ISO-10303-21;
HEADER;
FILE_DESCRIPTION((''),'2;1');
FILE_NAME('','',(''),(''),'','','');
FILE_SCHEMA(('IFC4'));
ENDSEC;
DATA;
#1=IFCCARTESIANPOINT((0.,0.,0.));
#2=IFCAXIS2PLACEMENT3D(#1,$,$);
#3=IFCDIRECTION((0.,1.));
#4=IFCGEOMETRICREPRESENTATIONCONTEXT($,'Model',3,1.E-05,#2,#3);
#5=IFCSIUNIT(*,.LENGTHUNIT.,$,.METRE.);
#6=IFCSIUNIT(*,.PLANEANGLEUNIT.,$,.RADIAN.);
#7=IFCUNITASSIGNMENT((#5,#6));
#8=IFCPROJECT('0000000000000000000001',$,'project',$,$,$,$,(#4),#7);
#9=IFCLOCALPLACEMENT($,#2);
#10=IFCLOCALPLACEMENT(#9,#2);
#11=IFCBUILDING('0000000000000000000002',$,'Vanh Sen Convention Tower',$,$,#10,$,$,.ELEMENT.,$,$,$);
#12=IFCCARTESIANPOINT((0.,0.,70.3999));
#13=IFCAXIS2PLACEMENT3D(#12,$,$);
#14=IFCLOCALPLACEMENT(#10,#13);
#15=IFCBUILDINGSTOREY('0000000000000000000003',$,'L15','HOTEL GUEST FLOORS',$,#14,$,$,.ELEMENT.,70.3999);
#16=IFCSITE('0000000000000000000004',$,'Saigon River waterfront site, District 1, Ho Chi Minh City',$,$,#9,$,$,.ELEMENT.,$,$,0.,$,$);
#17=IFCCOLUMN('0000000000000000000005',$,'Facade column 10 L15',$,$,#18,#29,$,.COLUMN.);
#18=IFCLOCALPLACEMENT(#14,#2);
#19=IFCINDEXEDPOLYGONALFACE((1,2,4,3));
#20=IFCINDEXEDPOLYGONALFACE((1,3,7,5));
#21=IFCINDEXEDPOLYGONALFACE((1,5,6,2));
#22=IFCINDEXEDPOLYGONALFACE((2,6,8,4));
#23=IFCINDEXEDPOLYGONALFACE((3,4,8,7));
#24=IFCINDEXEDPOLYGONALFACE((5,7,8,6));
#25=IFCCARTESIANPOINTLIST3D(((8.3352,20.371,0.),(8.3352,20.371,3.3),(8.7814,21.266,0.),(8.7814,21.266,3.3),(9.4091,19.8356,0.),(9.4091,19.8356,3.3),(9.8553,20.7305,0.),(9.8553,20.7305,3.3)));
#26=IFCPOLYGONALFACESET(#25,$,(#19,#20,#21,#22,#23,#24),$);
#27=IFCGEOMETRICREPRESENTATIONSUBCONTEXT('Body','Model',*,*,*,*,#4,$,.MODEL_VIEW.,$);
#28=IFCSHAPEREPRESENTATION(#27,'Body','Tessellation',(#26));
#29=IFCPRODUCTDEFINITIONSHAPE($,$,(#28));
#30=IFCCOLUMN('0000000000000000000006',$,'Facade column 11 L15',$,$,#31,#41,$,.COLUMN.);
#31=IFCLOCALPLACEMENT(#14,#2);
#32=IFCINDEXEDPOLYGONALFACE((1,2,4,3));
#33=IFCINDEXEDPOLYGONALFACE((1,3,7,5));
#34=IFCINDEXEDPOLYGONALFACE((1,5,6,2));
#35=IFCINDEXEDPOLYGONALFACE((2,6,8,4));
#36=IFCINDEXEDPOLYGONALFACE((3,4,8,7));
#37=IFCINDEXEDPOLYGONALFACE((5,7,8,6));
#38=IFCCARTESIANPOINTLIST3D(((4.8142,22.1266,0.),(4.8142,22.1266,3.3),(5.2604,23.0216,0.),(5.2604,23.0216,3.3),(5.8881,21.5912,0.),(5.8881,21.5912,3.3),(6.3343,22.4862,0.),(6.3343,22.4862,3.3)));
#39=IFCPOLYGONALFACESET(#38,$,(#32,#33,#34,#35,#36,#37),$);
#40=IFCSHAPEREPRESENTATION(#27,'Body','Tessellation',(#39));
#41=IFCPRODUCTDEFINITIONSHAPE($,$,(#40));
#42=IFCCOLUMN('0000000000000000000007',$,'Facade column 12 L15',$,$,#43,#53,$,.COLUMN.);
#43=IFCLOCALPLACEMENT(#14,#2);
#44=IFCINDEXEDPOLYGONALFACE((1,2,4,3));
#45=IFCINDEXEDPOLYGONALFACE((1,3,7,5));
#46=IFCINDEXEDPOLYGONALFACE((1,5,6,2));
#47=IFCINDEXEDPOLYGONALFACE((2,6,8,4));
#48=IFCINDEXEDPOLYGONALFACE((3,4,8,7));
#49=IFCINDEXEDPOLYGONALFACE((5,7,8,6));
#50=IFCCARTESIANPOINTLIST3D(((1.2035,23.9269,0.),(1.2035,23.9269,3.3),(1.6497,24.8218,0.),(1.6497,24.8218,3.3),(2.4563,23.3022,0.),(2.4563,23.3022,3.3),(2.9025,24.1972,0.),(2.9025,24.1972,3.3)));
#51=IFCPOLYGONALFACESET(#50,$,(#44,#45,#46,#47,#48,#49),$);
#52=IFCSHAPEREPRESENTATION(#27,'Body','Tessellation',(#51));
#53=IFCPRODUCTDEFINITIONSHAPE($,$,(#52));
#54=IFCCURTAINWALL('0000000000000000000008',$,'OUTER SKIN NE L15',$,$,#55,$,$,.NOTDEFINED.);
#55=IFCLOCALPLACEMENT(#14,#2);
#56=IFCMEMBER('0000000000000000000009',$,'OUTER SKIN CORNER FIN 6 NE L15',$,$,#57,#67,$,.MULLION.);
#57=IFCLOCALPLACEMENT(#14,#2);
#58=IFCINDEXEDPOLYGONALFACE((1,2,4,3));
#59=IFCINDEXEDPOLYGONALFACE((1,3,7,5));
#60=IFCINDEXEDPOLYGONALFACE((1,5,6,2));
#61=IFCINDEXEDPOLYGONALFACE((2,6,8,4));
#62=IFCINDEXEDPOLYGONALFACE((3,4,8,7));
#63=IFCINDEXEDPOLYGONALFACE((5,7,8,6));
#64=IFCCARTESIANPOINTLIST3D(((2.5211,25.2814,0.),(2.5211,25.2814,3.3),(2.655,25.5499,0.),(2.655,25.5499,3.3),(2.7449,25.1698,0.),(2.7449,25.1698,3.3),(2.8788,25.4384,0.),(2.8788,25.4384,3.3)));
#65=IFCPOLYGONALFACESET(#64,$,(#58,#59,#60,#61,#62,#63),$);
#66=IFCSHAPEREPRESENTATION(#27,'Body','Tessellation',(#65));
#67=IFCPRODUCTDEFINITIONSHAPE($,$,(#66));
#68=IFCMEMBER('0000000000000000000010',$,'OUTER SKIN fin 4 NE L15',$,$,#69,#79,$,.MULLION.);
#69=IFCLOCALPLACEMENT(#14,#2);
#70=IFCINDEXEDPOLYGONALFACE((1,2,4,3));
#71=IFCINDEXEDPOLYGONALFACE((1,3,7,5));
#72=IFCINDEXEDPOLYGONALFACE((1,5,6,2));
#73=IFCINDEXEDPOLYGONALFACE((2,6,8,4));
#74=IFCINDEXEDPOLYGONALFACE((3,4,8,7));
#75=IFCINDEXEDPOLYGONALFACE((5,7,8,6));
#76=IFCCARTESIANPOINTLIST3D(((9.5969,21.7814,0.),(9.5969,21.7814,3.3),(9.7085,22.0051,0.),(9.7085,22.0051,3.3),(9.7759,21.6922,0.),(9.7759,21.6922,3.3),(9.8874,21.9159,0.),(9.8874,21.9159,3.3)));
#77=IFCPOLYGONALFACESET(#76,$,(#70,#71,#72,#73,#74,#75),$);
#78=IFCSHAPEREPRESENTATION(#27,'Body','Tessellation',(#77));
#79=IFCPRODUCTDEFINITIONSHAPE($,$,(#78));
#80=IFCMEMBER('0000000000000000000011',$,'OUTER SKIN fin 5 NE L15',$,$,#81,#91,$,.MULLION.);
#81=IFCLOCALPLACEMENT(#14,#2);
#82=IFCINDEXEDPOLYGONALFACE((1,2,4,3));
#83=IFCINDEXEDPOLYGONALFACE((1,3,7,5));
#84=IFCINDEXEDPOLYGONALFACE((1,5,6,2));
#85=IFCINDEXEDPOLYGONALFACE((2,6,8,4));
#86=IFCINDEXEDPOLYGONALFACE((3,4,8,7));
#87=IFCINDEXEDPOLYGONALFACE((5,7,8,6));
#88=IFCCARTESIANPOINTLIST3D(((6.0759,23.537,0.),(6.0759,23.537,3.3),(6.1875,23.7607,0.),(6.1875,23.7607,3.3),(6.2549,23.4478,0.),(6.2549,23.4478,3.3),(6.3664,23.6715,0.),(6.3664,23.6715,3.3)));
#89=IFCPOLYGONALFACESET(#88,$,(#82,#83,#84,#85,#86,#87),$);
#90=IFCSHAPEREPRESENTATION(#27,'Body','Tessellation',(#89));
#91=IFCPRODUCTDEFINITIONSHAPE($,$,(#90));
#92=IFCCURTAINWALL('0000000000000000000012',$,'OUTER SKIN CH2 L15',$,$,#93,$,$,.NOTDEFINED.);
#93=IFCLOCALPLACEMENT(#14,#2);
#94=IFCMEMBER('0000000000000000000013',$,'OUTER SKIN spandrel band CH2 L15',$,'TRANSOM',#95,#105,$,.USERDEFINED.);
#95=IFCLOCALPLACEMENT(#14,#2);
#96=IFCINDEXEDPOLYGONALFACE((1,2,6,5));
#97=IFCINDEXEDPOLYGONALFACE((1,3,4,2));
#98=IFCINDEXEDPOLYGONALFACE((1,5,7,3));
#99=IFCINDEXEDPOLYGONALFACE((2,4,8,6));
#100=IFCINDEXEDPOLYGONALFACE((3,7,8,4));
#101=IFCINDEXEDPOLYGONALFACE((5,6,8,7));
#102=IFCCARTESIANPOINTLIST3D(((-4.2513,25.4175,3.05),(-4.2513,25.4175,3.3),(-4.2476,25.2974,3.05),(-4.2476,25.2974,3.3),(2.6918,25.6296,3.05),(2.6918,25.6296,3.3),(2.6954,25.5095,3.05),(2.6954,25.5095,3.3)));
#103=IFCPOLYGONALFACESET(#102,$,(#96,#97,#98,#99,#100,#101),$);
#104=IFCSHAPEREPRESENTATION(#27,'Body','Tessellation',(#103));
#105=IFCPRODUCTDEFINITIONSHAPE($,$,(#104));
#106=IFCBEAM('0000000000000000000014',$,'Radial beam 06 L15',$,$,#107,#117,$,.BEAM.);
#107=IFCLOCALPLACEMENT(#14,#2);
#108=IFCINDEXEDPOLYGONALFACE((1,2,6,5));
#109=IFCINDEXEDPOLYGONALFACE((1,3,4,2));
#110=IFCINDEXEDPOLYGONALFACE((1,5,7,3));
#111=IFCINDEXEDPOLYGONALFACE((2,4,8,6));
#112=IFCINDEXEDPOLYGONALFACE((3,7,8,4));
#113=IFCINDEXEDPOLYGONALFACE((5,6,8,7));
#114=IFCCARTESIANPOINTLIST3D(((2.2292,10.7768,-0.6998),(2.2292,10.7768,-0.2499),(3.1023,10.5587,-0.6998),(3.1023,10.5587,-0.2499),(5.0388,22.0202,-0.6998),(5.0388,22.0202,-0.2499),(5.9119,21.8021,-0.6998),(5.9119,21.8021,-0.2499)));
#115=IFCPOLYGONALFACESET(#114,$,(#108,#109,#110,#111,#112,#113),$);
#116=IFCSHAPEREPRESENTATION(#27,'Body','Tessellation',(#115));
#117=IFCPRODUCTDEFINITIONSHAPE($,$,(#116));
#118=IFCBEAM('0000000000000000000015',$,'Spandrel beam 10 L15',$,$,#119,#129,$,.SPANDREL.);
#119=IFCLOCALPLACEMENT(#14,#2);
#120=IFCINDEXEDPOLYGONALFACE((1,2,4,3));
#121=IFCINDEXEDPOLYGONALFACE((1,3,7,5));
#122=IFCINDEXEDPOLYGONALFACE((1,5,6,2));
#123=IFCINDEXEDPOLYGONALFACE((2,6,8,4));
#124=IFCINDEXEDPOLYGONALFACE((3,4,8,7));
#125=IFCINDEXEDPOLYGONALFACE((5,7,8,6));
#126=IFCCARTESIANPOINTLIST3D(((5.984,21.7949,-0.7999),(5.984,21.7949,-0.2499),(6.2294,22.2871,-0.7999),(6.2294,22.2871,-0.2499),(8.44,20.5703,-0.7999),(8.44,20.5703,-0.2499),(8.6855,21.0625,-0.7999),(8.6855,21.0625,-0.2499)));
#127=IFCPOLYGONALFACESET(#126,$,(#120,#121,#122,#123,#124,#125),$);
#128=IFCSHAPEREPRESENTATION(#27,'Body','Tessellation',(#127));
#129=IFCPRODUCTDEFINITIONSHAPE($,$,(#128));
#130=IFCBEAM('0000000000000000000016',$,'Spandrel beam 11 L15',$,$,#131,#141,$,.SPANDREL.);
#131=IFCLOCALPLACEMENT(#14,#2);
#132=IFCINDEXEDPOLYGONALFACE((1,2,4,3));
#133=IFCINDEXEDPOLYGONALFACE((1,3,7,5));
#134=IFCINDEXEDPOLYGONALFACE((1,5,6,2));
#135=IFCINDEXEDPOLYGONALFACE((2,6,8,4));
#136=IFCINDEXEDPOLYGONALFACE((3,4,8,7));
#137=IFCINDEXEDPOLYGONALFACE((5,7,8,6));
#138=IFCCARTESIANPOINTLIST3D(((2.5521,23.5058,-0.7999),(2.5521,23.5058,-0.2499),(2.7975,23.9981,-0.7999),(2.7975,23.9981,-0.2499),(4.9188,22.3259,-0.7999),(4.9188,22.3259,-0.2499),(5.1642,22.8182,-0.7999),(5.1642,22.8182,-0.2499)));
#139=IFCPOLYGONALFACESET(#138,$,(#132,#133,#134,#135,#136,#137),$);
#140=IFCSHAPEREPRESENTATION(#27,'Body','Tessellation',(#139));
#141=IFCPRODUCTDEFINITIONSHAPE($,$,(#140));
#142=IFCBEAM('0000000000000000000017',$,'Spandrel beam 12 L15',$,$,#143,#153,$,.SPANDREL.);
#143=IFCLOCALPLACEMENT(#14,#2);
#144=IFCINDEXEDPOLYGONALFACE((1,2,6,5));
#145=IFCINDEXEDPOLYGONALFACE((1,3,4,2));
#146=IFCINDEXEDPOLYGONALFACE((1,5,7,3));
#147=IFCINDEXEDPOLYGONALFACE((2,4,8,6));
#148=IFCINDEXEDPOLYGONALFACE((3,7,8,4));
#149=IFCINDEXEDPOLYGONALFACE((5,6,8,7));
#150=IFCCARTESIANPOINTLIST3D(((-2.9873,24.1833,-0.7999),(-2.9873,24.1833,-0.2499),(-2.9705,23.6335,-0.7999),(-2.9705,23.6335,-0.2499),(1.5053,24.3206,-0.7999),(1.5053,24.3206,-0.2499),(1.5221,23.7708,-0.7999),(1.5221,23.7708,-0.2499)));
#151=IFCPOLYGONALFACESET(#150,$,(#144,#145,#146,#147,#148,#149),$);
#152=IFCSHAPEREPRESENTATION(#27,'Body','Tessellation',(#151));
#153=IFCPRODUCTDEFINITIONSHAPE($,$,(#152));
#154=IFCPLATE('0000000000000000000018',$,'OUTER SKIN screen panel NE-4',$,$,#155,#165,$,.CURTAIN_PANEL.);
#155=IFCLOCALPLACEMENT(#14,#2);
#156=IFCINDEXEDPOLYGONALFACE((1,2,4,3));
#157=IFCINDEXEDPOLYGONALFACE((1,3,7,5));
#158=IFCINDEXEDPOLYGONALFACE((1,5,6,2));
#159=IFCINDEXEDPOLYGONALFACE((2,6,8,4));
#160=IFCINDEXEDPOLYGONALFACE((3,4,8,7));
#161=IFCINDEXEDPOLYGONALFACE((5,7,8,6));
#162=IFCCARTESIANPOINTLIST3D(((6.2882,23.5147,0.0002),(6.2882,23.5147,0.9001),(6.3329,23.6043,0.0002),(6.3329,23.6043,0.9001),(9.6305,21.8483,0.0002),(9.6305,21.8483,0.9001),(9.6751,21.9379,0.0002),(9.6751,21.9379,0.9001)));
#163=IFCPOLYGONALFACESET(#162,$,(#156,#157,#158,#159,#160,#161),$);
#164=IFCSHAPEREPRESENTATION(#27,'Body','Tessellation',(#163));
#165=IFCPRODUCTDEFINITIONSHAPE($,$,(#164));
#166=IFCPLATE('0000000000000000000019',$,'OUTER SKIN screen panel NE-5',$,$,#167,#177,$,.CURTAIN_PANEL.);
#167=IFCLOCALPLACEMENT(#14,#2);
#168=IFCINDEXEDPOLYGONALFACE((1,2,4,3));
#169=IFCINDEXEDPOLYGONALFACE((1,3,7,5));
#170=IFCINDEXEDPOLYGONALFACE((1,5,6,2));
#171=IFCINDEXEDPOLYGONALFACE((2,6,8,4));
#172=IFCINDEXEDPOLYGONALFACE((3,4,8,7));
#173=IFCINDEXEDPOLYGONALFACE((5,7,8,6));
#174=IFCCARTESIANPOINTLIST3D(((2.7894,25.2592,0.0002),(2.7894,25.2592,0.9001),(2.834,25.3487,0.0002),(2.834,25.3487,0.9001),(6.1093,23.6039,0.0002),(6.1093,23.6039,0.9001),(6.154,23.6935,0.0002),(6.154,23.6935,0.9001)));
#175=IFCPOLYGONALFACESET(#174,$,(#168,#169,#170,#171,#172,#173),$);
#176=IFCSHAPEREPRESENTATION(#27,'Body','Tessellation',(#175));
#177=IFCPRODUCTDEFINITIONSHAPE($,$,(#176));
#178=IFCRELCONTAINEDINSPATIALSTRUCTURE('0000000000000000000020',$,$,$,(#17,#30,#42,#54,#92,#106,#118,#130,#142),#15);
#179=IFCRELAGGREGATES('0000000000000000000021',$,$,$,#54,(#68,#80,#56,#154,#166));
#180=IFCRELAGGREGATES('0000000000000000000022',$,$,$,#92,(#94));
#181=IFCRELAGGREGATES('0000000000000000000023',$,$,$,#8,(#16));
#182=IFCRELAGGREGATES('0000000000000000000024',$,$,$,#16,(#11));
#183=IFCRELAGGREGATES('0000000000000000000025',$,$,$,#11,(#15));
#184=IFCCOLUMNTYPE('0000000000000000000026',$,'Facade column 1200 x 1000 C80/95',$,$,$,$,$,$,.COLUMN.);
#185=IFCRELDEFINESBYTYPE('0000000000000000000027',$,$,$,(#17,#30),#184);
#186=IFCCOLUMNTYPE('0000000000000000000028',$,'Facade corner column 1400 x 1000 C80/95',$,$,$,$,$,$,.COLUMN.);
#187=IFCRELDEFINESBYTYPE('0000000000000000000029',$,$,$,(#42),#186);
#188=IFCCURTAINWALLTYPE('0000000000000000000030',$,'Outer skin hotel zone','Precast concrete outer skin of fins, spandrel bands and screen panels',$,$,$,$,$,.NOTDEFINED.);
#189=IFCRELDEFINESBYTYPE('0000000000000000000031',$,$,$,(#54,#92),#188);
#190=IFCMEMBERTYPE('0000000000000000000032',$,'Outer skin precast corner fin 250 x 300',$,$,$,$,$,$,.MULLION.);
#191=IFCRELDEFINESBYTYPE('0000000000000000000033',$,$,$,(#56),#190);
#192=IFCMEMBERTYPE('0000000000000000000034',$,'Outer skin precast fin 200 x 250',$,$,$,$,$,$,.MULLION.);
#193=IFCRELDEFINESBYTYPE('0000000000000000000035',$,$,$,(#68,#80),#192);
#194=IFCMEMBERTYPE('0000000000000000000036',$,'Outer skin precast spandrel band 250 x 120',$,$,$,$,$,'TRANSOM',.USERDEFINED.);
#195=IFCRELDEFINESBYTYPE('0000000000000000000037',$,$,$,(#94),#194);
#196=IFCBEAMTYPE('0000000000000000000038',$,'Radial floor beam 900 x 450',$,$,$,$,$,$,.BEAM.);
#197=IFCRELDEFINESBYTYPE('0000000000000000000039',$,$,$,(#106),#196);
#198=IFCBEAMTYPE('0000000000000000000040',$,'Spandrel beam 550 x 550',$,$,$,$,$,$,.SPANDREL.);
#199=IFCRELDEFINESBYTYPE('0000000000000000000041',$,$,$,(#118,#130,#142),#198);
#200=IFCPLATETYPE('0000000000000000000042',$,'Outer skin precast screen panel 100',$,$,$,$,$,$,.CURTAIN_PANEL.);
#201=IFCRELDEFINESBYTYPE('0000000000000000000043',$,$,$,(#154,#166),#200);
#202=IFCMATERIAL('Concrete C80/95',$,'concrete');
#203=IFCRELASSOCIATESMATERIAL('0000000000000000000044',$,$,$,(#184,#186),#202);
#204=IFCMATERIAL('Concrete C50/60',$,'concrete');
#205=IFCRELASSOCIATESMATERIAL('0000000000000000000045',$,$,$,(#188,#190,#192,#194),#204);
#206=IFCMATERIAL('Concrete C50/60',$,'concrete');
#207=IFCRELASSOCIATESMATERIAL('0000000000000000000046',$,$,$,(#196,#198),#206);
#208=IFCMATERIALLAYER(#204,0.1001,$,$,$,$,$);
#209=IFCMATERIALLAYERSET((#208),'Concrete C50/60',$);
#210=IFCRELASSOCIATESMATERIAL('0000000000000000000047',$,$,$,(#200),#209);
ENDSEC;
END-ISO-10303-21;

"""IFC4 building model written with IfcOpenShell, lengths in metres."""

from ifc_helpers import new_model, si_unit, direction, frame, origin, origin_2d, place, context, subcontext, project, spatial, rectangle, extrude, material, layer, layer_set, material_profile, profile_set, type_object, element, aggregate, save


model = new_model("IFC4")

# Units and contexts
model_context = context("Model", 3, precision=1e-05, world=origin(), true_north=direction((0.0, 1.0)))
body_context = subcontext(model_context, "Body", "Model", "MODEL_VIEW")
ifc_project = project(units=[si_unit("LENGTHUNIT", "METRE"), si_unit("PLANEANGLEUNIT", "RADIAN")], contexts=[model_context])

# Site, building, storey
site_placement = place(None, origin())
site = spatial("IfcSite", under=ifc_project, at=site_placement, Name="Saigon River waterfront site, District 1, Ho Chi Minh City", CompositionType="ELEMENT", RefElevation=0.0)
building_placement = place(site_placement, origin())
building = spatial("IfcBuilding", under=site, at=building_placement, Name="Vanh Sen Convention Tower", CompositionType="ELEMENT")
storey_placement = place(building_placement, frame((0.0, 0.0, 70.3999)))
storey = spatial("IfcBuildingStorey", under=building, at=storey_placement, Name="L15", Description="HOTEL GUEST FLOORS", CompositionType="ELEMENT", Elevation=70.3999)

# Columns
ifc_material_1 = material(Name="Concrete C80/95", Category="concrete")
ifc_material_profile_1 = material_profile(ifc_material_1, rectangle(XDim=1.2, YDim=1.0, at=origin_2d()), Name="RC 1200X1000")
ifc_profile_set_1 = profile_set([ifc_material_profile_1], Name="Concrete C80/95")
column_type_1 = type_object("IfcColumnType", Name="Facade column 1200 x 1000 C80/95", PredefinedType="COLUMN", material=ifc_profile_set_1)
for number, where, z_axis, x_axis, name in (
    (1, (9.0952, 20.5508, 0.0), (0.0, 0.0, 1.0), (-0.894934, 0.446198, 0.0), "Facade column 10 L15"),
    (2, (5.5742, 22.3064, 0.0), (0.0, 0.0, 1.0), (-0.894934, 0.446198, 0.0), "Facade column 11 L15"),
):
    element("IfcColumn", number, at=place(storey_placement, frame(where, z_axis=z_axis, x_axis=x_axis)), inside=storey, type_object=column_type_1, Name=name, PredefinedType="COLUMN", context=body_context, shape_type="SweptSolid", body=[
        extrude(rectangle(XDim=1.2, YDim=1.0, at=origin_2d()), origin(), (0.0, 0.0, 1.0), 3.3),
    ])
ifc_material_profile_2 = material_profile(ifc_material_1, rectangle(XDim=1.3999, YDim=1.0, at=origin_2d()), Name="RC 1400X1000")
ifc_profile_set_2 = profile_set([ifc_material_profile_2], Name="Concrete C80/95")
column_type_2 = type_object("IfcColumnType", Name="Facade corner column 1400 x 1000 C80/95", PredefinedType="COLUMN", material=ifc_profile_set_2)
column_placement = place(storey_placement, frame((2.053, 24.062, 0.0), z_axis=(0.0, 0.0, 1.0), x_axis=(-0.894934, 0.446198, 0.0)))
element("IfcColumn", 3, at=column_placement, inside=storey, type_object=column_type_2, Name="Facade column 12 L15", PredefinedType="COLUMN", context=body_context, shape_type="SweptSolid", body=[
    extrude(rectangle(XDim=1.3999, YDim=1.0, at=origin_2d()), origin(), (0.0, 0.0, 1.0), 3.3),
])

# Curtain wall, members
ifc_material_2 = material(Name="Concrete C50/60", Category="concrete")
curtain_wall_type = type_object("IfcCurtainWallType", Name="Outer skin hotel zone", Description="Precast concrete outer skin of fins, spandrel bands and screen panels", PredefinedType="NOTDEFINED", material=ifc_material_2)
curtain_wall_1_placement = place(storey_placement, origin())
curtain_wall_1 = element("IfcCurtainWall", 4, at=curtain_wall_1_placement, inside=storey, type_object=curtain_wall_type, Name="OUTER SKIN NE L15", PredefinedType="NOTDEFINED")
ifc_material_profile_3 = material_profile(ifc_material_2, rectangle(XDim=0.25, YDim=0.3, at=origin_2d()), Name="Outer skin precast corner fin 250 x 300")
ifc_profile_set_3 = profile_set([ifc_material_profile_3], Name="Concrete C50/60")
member_type_1 = type_object("IfcMemberType", Name="Outer skin precast corner fin 250 x 300", PredefinedType="MULLION", material=ifc_profile_set_3)
member_1_placement = place(storey_placement, frame((2.7, 25.3599, 0.0), z_axis=(0.0, 0.0, 1.0), x_axis=(-0.894934, 0.446198, 0.0)))
member_1 = element("IfcMember", 5, at=member_1_placement, type_object=member_type_1, Name="OUTER SKIN CORNER FIN 6 NE L15", PredefinedType="MULLION", context=body_context, shape_type="SweptSolid", body=[
    extrude(rectangle(XDim=0.25, YDim=0.3, at=origin_2d()), origin(), (0.0, 0.0, 1.0), 3.3),
])
ifc_material_profile_4 = material_profile(ifc_material_2, rectangle(XDim=0.2, YDim=0.25, at=origin_2d()), Name="Outer skin precast fin 200 x 250")
ifc_profile_set_4 = profile_set([ifc_material_profile_4], Name="Concrete C50/60")
member_type_2 = type_object("IfcMemberType", Name="Outer skin precast fin 200 x 250", PredefinedType="MULLION", material=ifc_profile_set_4)
member_2_placement = place(storey_placement, frame((9.7422, 21.8486, 0.0), z_axis=(0.0, 0.0, 1.0), x_axis=(-0.894934, 0.446198, 0.0)))
member_2 = element("IfcMember", 6, at=member_2_placement, type_object=member_type_2, Name="OUTER SKIN fin 4 NE L15", PredefinedType="MULLION", context=body_context, shape_type="SweptSolid", body=[
    extrude(rectangle(XDim=0.2, YDim=0.25, at=origin_2d()), origin(), (0.0, 0.0, 1.0), 3.3),
])
member_3_placement = place(storey_placement, frame((6.2212, 23.6042, 0.0), z_axis=(0.0, 0.0, 1.0), x_axis=(-0.894934, 0.446198, 0.0)))
member_3 = element("IfcMember", 7, at=member_3_placement, type_object=member_type_2, Name="OUTER SKIN fin 5 NE L15", PredefinedType="MULLION", context=body_context, shape_type="SweptSolid", body=[
    extrude(rectangle(XDim=0.2, YDim=0.25, at=origin_2d()), origin(), (0.0, 0.0, 1.0), 3.3),
])

# Curtain wall, member
curtain_wall_2_placement = place(storey_placement, origin())
curtain_wall_2 = element("IfcCurtainWall", 8, at=curtain_wall_2_placement, inside=storey, type_object=curtain_wall_type, Name="OUTER SKIN CH2 L15", PredefinedType="NOTDEFINED")
ifc_material_profile_5 = material_profile(ifc_material_2, rectangle(XDim=0.1201, YDim=0.25, at=origin_2d()), Name="Outer skin precast spandrel band 250 x 120")
ifc_profile_set_5 = profile_set([ifc_material_profile_5], Name="Concrete C50/60")
member_type_3 = type_object("IfcMemberType", Name="Outer skin precast spandrel band 250 x 120", ElementType="TRANSOM", PredefinedType="USERDEFINED", material=ifc_profile_set_5)
member_4_placement = place(storey_placement, frame((2.6936, 25.5696, 3.175), z_axis=(-0.999533, -0.030542, 0.0), x_axis=(0.030542, -0.999533, 0.0)))
member_4 = element("IfcMember", 9, at=member_4_placement, type_object=member_type_3, Name="OUTER SKIN spandrel band CH2 L15", ObjectType="TRANSOM", PredefinedType="USERDEFINED", context=body_context, shape_type="SweptSolid", body=[
    extrude(rectangle(XDim=0.1201, YDim=0.25, at=origin_2d()), origin(), (0.0, 0.0, 1.0), 6.9463),
])

# Beams
ifc_material_3 = material(Name="Concrete C50/60", Category="concrete")
ifc_material_profile_6 = material_profile(ifc_material_3, rectangle(XDim=0.8999, YDim=0.45, at=origin_2d()), Name="RC 900X450")
ifc_profile_set_6 = profile_set([ifc_material_profile_6], Name="Concrete C50/60")
beam_type_1 = type_object("IfcBeamType", Name="Radial floor beam 900 x 450", PredefinedType="BEAM", material=ifc_profile_set_6)
beam_1_placement = place(storey_placement, frame((5.4753, 21.9111, -0.4749), z_axis=(-0.242432, -0.970169, 0.0), x_axis=(0.970169, -0.242432, 0.0)))
element("IfcBeam", 10, at=beam_1_placement, inside=storey, type_object=beam_type_1, Name="Radial beam 06 L15", PredefinedType="BEAM", context=body_context, shape_type="SweptSolid", body=[
    extrude(rectangle(XDim=0.8999, YDim=0.45, at=origin_2d()), origin(), (0.0, 0.0, 1.0), 11.5891),
])
ifc_material_profile_7 = material_profile(ifc_material_3, rectangle(XDim=0.55, YDim=0.55, at=origin_2d()), Name="RC 550X550")
ifc_profile_set_7 = profile_set([ifc_material_profile_7], Name="Concrete C50/60")
beam_type_2 = type_object("IfcBeamType", Name="Spandrel beam 550 x 550", PredefinedType="SPANDREL", material=ifc_profile_set_7)
beam_2_placement = place(storey_placement, frame((8.5627, 20.8164, -0.5249), z_axis=(-0.894925, 0.446217, 0.0), x_axis=(-0.446217, -0.894925, 0.0)))
element("IfcBeam", 11, at=beam_2_placement, inside=storey, type_object=beam_type_2, Name="Spandrel beam 10 L15", PredefinedType="SPANDREL", context=body_context, shape_type="SweptSolid", body=[
    extrude(rectangle(XDim=0.55, YDim=0.55, at=origin_2d()), origin(), (0.0, 0.0, 1.0), 2.7444),
])
beam_3_placement = place(storey_placement, frame((5.0415, 22.572, -0.5249), z_axis=(-0.894944, 0.446179, 0.0), x_axis=(-0.446179, -0.894944, 0.0)))
element("IfcBeam", 12, at=beam_3_placement, inside=storey, type_object=beam_type_2, Name="Spandrel beam 11 L15", PredefinedType="SPANDREL", context=body_context, shape_type="SweptSolid", body=[
    extrude(rectangle(XDim=0.55, YDim=0.55, at=origin_2d()), origin(), (0.0, 0.0, 1.0), 2.6445),
])
beam_4_placement = place(storey_placement, frame((1.5137, 24.0457, -0.5249), z_axis=(-0.999534, -0.030528, 0.0), x_axis=(0.030528, -0.999534, 0.0)))
element("IfcBeam", 13, at=beam_4_placement, inside=storey, type_object=beam_type_2, Name="Spandrel beam 12 L15", PredefinedType="SPANDREL", context=body_context, shape_type="SweptSolid", body=[
    extrude(rectangle(XDim=0.55, YDim=0.55, at=origin_2d()), origin(), (0.0, 0.0, 1.0), 4.4946),
])

# Plates
ifc_layer_1 = layer(ifc_material_2, 0.1001)
ifc_layer_set_1 = layer_set([ifc_layer_1], Name="Concrete C50/60")
plate_type = type_object("IfcPlateType", Name="Outer skin precast screen panel 100", PredefinedType="CURTAIN_PANEL", material=ifc_layer_set_1)
plate_1_placement = place(storey_placement, frame((7.9817, 22.7263, 0.0002), z_axis=(0.0, 0.0, 1.0), x_axis=(-0.894935, 0.446196, 0.0)))
plate_1 = element("IfcPlate", 14, at=plate_1_placement, type_object=plate_type, Name="OUTER SKIN screen panel NE-4", PredefinedType="CURTAIN_PANEL", context=body_context, shape_type="SweptSolid", body=[
    extrude(rectangle(XDim=3.7346, YDim=0.1001, at=origin_2d()), origin(), (0.0, 0.0, 1.0), 0.8999),
])
plate_2_placement = place(storey_placement, frame((4.4717, 24.4763, 0.0002), z_axis=(0.0, 0.0, 1.0), x_axis=(-0.894935, 0.446196, 0.0)))
plate_2 = element("IfcPlate", 15, at=plate_2_placement, type_object=plate_type, Name="OUTER SKIN screen panel NE-5", PredefinedType="CURTAIN_PANEL", context=body_context, shape_type="SweptSolid", body=[
    extrude(rectangle(XDim=3.7097, YDim=0.1001, at=origin_2d()), origin(), (0.0, 0.0, 1.0), 0.8999),
])
aggregate(curtain_wall_1, [member_2, member_3, member_1, plate_1, plate_2])
aggregate(curtain_wall_2, [member_4])

save(model, "model.ifc")
